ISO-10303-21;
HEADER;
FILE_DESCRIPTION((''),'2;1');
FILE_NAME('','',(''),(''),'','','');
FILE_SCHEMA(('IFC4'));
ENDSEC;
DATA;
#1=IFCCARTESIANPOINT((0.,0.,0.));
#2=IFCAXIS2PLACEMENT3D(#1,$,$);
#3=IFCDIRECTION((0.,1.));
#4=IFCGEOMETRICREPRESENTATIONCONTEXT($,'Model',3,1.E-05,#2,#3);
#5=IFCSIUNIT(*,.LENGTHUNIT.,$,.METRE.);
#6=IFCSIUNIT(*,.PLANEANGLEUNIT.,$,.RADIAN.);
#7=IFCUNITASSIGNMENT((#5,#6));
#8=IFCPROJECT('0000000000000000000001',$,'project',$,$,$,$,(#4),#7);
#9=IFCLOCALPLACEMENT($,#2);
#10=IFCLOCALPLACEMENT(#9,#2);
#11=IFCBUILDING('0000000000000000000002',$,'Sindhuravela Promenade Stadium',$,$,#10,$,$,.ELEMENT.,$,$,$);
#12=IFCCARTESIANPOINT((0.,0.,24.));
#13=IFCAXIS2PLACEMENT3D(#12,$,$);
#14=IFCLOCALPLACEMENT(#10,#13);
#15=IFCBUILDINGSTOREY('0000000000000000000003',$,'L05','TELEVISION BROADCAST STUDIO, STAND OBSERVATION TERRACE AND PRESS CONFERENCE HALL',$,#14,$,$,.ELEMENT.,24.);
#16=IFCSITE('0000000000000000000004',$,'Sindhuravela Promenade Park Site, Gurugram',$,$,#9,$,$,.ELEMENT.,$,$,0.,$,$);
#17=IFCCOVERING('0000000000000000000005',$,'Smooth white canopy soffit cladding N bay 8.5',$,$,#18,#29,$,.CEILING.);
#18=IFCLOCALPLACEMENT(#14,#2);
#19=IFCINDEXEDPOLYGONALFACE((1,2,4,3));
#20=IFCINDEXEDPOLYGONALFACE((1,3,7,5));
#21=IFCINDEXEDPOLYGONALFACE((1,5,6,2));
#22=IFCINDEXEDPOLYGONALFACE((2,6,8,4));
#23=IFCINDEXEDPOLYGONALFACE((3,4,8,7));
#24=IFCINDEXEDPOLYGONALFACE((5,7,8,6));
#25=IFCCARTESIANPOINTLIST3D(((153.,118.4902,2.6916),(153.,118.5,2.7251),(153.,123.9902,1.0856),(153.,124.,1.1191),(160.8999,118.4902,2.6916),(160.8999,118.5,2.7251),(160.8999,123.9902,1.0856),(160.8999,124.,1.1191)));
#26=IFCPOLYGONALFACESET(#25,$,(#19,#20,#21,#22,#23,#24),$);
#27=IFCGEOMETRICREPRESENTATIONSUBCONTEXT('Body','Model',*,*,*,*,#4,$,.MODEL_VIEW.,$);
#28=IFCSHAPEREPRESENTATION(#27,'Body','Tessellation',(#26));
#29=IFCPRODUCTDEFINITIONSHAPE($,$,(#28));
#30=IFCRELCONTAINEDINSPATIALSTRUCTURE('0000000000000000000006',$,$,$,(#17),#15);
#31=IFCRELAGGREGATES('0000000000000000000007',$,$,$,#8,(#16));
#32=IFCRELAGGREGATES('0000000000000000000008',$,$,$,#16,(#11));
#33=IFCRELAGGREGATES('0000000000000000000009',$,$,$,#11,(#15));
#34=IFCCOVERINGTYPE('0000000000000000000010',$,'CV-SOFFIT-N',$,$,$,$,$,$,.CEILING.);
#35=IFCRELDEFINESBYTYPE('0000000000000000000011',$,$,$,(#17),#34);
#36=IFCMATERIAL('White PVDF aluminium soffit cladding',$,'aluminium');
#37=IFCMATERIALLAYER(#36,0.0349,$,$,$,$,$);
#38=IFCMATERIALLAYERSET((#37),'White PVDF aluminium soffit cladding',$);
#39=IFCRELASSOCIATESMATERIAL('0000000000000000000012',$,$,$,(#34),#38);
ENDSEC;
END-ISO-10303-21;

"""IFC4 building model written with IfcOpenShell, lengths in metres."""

from ifc_helpers import new_model, si_unit, direction, frame, origin, place, context, subcontext, project, spatial, polyline, outline, extrude, material, layer, layer_set, type_object, element, save


model = new_model("IFC4")

# Units and contexts
model_context = context("Model", 3, precision=1e-05, world=origin(), true_north=direction((0.0, 1.0)))
body_context = subcontext(model_context, "Body", "Model", "MODEL_VIEW")
ifc_project = project(units=[si_unit("LENGTHUNIT", "METRE"), si_unit("PLANEANGLEUNIT", "RADIAN")], contexts=[model_context])

# Site, building, storey
site_placement = place(None, origin())
site = spatial("IfcSite", under=ifc_project, at=site_placement, Name="Sindhuravela Promenade Park Site, Gurugram", CompositionType="ELEMENT", RefElevation=0.0)
building_placement = place(site_placement, origin())
building = spatial("IfcBuilding", under=site, at=building_placement, Name="Sindhuravela Promenade Stadium", CompositionType="ELEMENT")
storey_placement = place(building_placement, frame((0.0, 0.0, 24.0)))
storey = spatial("IfcBuildingStorey", under=building, at=storey_placement, Name="L05", Description="TELEVISION BROADCAST STUDIO, STAND OBSERVATION TERRACE AND PRESS CONFERENCE HALL", CompositionType="ELEMENT", Elevation=24.0)

# Covering
ifc_material_1 = material(Name="White PVDF aluminium soffit cladding", Category="aluminium")
ifc_layer_1 = layer(ifc_material_1, 0.0349)
ifc_layer_set_1 = layer_set([ifc_layer_1], Name="White PVDF aluminium soffit cladding")
covering_type_1 = type_object("IfcCoveringType", Name="CV-SOFFIT-N", PredefinedType="CEILING", material=ifc_layer_set_1)
covering_1_placement = place(storey_placement, frame((153.0, 124.0, 1.1191), z_axis=(0.0, 0.280288, 0.959916), x_axis=(1.0, 0.0, 0.0)))
element("IfcCovering", 1, at=covering_1_placement, inside=storey, type_object=covering_type_1, Name="Smooth white canopy soffit cladding N bay 8.5", PredefinedType="CEILING", context=body_context, shape_type="SweptSolid", body=[
    extrude(outline(polyline([(0.0, 0.0), (0.0, -5.7297), (7.8999, -5.7297), (7.8999, 0.0), (0.0, 0.0)])), origin(), (0.0, 0.0, -1.0), 0.0349),
])

save(model, "model.ifc")
